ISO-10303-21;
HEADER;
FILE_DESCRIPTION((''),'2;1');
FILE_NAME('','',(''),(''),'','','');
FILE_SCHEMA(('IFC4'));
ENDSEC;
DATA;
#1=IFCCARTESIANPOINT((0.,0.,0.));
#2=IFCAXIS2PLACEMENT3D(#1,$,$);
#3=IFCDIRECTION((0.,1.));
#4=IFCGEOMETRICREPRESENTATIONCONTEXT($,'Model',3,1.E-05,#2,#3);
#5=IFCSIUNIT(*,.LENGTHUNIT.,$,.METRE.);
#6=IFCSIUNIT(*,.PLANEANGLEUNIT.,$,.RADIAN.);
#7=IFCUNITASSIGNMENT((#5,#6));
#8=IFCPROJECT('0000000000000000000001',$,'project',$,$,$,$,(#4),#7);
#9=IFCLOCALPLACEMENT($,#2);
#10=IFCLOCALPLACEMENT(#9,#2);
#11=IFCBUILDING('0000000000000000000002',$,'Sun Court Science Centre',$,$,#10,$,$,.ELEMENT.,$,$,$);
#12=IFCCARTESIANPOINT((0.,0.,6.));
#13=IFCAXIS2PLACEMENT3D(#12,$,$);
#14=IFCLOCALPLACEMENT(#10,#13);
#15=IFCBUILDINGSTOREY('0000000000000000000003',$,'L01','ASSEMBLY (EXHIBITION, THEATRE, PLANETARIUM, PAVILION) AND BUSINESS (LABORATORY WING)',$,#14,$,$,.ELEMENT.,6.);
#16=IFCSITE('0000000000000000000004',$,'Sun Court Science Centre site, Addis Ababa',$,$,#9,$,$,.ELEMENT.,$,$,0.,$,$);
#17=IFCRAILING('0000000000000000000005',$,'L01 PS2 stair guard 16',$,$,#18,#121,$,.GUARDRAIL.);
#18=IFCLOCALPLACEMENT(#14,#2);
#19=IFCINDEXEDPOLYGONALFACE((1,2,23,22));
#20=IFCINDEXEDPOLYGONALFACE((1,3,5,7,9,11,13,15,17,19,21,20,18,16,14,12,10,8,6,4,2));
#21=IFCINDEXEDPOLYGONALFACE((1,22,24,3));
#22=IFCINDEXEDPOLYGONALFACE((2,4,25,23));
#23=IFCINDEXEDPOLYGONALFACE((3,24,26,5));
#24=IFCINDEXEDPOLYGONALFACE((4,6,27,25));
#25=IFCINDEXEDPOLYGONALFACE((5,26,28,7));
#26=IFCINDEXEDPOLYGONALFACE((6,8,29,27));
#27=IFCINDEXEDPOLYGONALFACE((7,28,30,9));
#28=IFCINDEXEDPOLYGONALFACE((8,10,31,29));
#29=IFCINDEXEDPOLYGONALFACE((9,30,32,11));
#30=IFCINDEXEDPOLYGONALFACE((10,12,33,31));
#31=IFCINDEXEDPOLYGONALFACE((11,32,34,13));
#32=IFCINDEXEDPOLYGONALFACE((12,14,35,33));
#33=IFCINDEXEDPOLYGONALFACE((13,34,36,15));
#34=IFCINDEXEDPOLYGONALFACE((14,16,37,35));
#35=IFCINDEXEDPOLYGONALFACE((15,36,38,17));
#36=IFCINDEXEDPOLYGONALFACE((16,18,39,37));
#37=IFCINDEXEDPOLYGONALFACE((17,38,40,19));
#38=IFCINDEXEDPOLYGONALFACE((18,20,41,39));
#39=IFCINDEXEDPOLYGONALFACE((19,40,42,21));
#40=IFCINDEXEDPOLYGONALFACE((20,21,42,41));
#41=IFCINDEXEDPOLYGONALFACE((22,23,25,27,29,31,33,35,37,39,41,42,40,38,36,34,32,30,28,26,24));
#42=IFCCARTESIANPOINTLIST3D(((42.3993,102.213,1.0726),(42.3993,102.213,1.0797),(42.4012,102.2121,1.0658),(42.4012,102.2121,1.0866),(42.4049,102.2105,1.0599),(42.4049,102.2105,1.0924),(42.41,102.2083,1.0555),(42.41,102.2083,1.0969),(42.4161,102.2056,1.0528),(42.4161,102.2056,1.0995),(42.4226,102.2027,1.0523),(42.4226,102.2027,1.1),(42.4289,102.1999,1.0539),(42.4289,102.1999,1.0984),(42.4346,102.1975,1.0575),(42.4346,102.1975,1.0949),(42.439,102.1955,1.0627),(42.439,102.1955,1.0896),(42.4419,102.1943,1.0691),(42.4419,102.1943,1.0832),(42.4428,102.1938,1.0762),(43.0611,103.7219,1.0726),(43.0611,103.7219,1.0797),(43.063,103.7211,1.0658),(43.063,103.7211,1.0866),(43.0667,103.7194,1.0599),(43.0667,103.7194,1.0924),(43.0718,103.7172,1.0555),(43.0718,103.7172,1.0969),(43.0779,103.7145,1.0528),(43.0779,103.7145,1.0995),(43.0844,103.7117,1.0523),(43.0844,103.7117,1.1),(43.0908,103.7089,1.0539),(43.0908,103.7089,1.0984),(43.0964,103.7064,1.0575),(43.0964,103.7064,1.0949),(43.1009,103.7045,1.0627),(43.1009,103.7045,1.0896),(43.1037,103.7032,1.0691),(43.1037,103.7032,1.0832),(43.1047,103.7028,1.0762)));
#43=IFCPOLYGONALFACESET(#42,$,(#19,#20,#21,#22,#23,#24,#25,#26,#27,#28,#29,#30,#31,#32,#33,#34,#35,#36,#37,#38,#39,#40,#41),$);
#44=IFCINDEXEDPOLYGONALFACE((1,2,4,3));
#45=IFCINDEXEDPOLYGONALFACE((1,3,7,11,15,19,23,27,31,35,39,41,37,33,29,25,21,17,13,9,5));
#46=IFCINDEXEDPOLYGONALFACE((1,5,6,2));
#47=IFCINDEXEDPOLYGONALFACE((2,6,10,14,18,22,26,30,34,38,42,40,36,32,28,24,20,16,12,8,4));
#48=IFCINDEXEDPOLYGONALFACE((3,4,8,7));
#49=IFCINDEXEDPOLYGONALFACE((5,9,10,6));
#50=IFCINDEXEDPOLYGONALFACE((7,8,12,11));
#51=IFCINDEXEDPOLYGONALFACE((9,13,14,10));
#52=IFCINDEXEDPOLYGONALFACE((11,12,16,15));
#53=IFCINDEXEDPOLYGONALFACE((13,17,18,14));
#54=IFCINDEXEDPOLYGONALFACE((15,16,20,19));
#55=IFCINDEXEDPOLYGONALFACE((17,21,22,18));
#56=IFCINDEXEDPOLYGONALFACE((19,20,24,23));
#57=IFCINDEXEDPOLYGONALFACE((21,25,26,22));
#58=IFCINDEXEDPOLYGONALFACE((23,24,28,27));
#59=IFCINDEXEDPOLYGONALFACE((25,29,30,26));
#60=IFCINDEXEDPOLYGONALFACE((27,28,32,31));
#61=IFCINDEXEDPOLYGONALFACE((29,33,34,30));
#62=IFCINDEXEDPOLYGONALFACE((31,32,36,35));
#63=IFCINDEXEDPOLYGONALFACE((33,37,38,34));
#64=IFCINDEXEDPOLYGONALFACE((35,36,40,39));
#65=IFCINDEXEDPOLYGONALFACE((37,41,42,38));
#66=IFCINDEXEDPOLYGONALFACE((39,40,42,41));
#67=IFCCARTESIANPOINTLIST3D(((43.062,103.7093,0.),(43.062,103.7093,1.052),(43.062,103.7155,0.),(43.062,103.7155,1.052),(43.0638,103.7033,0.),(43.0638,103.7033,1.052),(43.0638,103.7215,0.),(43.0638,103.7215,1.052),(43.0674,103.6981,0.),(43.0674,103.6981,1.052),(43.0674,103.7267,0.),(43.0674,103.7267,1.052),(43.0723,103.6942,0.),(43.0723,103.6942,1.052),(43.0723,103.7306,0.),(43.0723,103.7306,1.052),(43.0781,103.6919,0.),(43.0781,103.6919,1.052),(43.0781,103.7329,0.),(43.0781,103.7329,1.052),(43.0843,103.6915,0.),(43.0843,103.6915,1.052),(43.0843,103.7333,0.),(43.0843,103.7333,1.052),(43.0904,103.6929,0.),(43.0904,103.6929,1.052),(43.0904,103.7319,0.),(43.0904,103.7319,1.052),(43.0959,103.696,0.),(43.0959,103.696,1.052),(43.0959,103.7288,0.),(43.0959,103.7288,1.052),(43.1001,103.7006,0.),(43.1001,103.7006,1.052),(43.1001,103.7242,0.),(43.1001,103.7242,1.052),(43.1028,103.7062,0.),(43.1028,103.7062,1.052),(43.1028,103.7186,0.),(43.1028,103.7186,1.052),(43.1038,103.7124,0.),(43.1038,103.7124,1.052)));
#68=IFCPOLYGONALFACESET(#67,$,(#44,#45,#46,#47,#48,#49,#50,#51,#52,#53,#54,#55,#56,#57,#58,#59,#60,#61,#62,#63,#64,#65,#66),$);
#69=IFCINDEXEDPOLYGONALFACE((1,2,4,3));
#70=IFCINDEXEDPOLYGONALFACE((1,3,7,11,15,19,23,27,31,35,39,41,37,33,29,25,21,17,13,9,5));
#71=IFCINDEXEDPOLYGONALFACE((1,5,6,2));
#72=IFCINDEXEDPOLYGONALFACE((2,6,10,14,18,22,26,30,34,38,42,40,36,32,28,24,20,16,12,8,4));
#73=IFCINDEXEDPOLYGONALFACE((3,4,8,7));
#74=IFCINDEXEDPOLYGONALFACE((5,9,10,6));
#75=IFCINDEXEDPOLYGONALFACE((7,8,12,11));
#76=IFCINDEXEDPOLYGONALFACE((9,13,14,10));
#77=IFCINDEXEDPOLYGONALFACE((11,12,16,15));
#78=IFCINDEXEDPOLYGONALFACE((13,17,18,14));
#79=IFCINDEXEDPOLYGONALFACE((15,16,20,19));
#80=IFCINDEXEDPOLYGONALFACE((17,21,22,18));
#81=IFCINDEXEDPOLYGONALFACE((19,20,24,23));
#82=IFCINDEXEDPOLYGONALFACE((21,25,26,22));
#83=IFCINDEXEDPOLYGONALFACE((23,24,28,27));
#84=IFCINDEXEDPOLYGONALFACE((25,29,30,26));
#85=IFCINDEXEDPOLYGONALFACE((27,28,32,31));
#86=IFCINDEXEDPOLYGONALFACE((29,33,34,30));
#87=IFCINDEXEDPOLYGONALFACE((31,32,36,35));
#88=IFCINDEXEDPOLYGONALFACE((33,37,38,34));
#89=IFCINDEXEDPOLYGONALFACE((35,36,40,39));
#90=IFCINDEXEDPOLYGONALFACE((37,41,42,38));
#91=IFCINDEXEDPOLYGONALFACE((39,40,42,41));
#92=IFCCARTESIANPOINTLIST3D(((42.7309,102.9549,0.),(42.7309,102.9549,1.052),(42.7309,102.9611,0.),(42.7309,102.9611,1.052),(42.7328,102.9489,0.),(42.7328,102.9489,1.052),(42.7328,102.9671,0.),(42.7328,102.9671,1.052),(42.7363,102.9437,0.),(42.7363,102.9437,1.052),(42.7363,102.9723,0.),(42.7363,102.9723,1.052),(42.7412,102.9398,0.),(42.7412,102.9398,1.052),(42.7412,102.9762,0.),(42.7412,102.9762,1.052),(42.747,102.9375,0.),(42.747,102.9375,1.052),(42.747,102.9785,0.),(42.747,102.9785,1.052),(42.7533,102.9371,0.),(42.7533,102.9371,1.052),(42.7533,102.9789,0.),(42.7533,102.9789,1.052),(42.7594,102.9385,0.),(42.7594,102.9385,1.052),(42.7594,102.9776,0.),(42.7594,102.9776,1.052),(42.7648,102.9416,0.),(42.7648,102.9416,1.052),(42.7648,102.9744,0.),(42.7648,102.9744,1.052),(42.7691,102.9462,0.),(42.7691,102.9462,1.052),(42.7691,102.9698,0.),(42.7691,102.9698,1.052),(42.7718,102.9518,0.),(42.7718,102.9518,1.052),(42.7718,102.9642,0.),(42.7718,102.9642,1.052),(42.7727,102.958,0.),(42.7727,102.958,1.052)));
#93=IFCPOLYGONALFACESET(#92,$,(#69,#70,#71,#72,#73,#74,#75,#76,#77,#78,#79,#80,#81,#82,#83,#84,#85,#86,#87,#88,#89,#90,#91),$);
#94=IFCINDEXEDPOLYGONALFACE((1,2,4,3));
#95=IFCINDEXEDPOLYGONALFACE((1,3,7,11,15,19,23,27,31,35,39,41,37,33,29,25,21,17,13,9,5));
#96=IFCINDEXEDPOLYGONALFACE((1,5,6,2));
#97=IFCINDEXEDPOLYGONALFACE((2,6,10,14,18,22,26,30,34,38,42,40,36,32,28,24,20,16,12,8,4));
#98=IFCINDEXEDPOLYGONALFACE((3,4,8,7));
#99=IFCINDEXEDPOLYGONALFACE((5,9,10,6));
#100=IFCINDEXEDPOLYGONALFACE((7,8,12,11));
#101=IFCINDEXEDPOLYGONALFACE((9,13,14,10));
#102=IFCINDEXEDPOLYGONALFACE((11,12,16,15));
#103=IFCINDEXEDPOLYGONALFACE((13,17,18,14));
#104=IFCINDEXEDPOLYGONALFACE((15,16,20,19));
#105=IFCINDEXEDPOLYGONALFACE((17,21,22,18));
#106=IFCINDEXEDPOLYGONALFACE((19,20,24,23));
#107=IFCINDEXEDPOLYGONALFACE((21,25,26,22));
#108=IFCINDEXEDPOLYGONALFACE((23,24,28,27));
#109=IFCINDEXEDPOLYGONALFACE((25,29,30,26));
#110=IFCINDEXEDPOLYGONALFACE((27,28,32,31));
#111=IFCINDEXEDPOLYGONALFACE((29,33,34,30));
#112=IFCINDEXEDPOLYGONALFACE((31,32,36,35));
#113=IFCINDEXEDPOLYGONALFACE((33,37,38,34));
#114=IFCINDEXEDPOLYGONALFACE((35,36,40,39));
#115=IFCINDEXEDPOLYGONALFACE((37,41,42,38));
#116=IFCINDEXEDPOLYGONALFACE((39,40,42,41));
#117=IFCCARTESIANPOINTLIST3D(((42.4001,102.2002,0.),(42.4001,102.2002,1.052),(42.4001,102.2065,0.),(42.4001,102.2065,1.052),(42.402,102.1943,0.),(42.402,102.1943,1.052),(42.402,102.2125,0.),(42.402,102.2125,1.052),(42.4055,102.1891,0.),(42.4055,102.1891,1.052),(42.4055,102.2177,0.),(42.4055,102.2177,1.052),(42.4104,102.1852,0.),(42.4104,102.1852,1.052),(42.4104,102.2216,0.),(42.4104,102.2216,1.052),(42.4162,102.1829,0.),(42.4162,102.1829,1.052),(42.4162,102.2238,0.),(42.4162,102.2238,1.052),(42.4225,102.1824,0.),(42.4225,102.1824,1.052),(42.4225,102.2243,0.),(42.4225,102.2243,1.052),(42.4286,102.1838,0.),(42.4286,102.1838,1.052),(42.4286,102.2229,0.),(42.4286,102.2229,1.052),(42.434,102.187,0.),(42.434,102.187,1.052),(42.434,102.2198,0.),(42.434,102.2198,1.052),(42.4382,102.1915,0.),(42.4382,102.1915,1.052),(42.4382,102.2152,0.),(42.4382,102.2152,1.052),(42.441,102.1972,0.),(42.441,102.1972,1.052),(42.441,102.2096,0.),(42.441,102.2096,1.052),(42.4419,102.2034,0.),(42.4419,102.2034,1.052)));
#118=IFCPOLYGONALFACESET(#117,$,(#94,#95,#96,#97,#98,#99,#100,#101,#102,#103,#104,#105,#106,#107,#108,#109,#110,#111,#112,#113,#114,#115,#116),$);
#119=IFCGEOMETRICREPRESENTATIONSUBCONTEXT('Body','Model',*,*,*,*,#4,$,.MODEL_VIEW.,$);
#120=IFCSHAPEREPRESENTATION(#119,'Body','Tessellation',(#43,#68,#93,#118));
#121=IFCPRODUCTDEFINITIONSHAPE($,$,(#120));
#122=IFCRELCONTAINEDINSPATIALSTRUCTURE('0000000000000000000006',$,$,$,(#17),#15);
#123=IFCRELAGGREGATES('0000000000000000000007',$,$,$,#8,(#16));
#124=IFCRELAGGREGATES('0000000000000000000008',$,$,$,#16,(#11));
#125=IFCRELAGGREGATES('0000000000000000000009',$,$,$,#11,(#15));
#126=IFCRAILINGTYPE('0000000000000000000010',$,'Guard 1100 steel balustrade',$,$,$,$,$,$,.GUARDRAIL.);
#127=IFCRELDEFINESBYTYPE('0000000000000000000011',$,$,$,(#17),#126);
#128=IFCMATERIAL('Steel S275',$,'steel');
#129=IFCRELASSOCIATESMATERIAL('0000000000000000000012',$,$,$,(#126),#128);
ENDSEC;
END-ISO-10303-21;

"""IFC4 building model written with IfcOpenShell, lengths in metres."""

from ifc_helpers import new_model, si_unit, direction, frame, origin, origin_2d, place, context, subcontext, project, spatial, circle, extrude, material, type_object, element, save


model = new_model("IFC4")

# Units and contexts
model_context = context("Model", 3, precision=1e-05, world=origin(), true_north=direction((0.0, 1.0)))
body_context = subcontext(model_context, "Body", "Model", "MODEL_VIEW")
ifc_project = project(units=[si_unit("LENGTHUNIT", "METRE"), si_unit("PLANEANGLEUNIT", "RADIAN")], contexts=[model_context])

# Site, building, storey
site_placement = place(None, origin())
site = spatial("IfcSite", under=ifc_project, at=site_placement, Name="Sun Court Science Centre site, Addis Ababa", CompositionType="ELEMENT", RefElevation=0.0)
building_placement = place(site_placement, origin())
building = spatial("IfcBuilding", under=site, at=building_placement, Name="Sun Court Science Centre", CompositionType="ELEMENT")
storey_placement = place(building_placement, frame((0.0, 0.0, 6.0)))
storey = spatial("IfcBuildingStorey", under=building, at=storey_placement, Name="L01", Description="ASSEMBLY (EXHIBITION, THEATRE, PLANETARIUM, PAVILION) AND BUSINESS (LABORATORY WING)", CompositionType="ELEMENT", Elevation=6.0)

# Railing
ifc_material_1 = material(Name="Steel S275", Category="steel")
railing_type_1 = type_object("IfcRailingType", Name="Guard 1100 steel balustrade", PredefinedType="GUARDRAIL", material=ifc_material_1)
railing_1_placement = place(storey_placement, frame((43.0828, 103.7124, 0.0)))
element("IfcRailing", 1, at=railing_1_placement, inside=storey, type_object=railing_type_1, Name="L01 PS2 stair guard 16", PredefinedType="GUARDRAIL", context=body_context, shape_type="SweptSolid", body=[
    extrude(circle(Radius=0.0239, at=origin_2d()), frame((0.0, 0.0, 1.0762), z_axis=(-0.401666, -0.915786, 0.0), x_axis=(0.915786, -0.401666, 0.0)), (0.0, 0.0, 1.0), 1.6477),
    extrude(circle(Radius=0.021, at=origin_2d()), origin(), (0.0, 0.0, 1.0), 1.052),
    extrude(circle(Radius=0.021, at=origin_2d()), frame((-0.3311, -0.7544, 0.0)), (0.0, 0.0, 1.0), 1.052),
    extrude(circle(Radius=0.021, at=origin_2d()), frame((-0.6619, -1.509, 0.0)), (0.0, 0.0, 1.0), 1.052),
])

save(model, "model.ifc")
